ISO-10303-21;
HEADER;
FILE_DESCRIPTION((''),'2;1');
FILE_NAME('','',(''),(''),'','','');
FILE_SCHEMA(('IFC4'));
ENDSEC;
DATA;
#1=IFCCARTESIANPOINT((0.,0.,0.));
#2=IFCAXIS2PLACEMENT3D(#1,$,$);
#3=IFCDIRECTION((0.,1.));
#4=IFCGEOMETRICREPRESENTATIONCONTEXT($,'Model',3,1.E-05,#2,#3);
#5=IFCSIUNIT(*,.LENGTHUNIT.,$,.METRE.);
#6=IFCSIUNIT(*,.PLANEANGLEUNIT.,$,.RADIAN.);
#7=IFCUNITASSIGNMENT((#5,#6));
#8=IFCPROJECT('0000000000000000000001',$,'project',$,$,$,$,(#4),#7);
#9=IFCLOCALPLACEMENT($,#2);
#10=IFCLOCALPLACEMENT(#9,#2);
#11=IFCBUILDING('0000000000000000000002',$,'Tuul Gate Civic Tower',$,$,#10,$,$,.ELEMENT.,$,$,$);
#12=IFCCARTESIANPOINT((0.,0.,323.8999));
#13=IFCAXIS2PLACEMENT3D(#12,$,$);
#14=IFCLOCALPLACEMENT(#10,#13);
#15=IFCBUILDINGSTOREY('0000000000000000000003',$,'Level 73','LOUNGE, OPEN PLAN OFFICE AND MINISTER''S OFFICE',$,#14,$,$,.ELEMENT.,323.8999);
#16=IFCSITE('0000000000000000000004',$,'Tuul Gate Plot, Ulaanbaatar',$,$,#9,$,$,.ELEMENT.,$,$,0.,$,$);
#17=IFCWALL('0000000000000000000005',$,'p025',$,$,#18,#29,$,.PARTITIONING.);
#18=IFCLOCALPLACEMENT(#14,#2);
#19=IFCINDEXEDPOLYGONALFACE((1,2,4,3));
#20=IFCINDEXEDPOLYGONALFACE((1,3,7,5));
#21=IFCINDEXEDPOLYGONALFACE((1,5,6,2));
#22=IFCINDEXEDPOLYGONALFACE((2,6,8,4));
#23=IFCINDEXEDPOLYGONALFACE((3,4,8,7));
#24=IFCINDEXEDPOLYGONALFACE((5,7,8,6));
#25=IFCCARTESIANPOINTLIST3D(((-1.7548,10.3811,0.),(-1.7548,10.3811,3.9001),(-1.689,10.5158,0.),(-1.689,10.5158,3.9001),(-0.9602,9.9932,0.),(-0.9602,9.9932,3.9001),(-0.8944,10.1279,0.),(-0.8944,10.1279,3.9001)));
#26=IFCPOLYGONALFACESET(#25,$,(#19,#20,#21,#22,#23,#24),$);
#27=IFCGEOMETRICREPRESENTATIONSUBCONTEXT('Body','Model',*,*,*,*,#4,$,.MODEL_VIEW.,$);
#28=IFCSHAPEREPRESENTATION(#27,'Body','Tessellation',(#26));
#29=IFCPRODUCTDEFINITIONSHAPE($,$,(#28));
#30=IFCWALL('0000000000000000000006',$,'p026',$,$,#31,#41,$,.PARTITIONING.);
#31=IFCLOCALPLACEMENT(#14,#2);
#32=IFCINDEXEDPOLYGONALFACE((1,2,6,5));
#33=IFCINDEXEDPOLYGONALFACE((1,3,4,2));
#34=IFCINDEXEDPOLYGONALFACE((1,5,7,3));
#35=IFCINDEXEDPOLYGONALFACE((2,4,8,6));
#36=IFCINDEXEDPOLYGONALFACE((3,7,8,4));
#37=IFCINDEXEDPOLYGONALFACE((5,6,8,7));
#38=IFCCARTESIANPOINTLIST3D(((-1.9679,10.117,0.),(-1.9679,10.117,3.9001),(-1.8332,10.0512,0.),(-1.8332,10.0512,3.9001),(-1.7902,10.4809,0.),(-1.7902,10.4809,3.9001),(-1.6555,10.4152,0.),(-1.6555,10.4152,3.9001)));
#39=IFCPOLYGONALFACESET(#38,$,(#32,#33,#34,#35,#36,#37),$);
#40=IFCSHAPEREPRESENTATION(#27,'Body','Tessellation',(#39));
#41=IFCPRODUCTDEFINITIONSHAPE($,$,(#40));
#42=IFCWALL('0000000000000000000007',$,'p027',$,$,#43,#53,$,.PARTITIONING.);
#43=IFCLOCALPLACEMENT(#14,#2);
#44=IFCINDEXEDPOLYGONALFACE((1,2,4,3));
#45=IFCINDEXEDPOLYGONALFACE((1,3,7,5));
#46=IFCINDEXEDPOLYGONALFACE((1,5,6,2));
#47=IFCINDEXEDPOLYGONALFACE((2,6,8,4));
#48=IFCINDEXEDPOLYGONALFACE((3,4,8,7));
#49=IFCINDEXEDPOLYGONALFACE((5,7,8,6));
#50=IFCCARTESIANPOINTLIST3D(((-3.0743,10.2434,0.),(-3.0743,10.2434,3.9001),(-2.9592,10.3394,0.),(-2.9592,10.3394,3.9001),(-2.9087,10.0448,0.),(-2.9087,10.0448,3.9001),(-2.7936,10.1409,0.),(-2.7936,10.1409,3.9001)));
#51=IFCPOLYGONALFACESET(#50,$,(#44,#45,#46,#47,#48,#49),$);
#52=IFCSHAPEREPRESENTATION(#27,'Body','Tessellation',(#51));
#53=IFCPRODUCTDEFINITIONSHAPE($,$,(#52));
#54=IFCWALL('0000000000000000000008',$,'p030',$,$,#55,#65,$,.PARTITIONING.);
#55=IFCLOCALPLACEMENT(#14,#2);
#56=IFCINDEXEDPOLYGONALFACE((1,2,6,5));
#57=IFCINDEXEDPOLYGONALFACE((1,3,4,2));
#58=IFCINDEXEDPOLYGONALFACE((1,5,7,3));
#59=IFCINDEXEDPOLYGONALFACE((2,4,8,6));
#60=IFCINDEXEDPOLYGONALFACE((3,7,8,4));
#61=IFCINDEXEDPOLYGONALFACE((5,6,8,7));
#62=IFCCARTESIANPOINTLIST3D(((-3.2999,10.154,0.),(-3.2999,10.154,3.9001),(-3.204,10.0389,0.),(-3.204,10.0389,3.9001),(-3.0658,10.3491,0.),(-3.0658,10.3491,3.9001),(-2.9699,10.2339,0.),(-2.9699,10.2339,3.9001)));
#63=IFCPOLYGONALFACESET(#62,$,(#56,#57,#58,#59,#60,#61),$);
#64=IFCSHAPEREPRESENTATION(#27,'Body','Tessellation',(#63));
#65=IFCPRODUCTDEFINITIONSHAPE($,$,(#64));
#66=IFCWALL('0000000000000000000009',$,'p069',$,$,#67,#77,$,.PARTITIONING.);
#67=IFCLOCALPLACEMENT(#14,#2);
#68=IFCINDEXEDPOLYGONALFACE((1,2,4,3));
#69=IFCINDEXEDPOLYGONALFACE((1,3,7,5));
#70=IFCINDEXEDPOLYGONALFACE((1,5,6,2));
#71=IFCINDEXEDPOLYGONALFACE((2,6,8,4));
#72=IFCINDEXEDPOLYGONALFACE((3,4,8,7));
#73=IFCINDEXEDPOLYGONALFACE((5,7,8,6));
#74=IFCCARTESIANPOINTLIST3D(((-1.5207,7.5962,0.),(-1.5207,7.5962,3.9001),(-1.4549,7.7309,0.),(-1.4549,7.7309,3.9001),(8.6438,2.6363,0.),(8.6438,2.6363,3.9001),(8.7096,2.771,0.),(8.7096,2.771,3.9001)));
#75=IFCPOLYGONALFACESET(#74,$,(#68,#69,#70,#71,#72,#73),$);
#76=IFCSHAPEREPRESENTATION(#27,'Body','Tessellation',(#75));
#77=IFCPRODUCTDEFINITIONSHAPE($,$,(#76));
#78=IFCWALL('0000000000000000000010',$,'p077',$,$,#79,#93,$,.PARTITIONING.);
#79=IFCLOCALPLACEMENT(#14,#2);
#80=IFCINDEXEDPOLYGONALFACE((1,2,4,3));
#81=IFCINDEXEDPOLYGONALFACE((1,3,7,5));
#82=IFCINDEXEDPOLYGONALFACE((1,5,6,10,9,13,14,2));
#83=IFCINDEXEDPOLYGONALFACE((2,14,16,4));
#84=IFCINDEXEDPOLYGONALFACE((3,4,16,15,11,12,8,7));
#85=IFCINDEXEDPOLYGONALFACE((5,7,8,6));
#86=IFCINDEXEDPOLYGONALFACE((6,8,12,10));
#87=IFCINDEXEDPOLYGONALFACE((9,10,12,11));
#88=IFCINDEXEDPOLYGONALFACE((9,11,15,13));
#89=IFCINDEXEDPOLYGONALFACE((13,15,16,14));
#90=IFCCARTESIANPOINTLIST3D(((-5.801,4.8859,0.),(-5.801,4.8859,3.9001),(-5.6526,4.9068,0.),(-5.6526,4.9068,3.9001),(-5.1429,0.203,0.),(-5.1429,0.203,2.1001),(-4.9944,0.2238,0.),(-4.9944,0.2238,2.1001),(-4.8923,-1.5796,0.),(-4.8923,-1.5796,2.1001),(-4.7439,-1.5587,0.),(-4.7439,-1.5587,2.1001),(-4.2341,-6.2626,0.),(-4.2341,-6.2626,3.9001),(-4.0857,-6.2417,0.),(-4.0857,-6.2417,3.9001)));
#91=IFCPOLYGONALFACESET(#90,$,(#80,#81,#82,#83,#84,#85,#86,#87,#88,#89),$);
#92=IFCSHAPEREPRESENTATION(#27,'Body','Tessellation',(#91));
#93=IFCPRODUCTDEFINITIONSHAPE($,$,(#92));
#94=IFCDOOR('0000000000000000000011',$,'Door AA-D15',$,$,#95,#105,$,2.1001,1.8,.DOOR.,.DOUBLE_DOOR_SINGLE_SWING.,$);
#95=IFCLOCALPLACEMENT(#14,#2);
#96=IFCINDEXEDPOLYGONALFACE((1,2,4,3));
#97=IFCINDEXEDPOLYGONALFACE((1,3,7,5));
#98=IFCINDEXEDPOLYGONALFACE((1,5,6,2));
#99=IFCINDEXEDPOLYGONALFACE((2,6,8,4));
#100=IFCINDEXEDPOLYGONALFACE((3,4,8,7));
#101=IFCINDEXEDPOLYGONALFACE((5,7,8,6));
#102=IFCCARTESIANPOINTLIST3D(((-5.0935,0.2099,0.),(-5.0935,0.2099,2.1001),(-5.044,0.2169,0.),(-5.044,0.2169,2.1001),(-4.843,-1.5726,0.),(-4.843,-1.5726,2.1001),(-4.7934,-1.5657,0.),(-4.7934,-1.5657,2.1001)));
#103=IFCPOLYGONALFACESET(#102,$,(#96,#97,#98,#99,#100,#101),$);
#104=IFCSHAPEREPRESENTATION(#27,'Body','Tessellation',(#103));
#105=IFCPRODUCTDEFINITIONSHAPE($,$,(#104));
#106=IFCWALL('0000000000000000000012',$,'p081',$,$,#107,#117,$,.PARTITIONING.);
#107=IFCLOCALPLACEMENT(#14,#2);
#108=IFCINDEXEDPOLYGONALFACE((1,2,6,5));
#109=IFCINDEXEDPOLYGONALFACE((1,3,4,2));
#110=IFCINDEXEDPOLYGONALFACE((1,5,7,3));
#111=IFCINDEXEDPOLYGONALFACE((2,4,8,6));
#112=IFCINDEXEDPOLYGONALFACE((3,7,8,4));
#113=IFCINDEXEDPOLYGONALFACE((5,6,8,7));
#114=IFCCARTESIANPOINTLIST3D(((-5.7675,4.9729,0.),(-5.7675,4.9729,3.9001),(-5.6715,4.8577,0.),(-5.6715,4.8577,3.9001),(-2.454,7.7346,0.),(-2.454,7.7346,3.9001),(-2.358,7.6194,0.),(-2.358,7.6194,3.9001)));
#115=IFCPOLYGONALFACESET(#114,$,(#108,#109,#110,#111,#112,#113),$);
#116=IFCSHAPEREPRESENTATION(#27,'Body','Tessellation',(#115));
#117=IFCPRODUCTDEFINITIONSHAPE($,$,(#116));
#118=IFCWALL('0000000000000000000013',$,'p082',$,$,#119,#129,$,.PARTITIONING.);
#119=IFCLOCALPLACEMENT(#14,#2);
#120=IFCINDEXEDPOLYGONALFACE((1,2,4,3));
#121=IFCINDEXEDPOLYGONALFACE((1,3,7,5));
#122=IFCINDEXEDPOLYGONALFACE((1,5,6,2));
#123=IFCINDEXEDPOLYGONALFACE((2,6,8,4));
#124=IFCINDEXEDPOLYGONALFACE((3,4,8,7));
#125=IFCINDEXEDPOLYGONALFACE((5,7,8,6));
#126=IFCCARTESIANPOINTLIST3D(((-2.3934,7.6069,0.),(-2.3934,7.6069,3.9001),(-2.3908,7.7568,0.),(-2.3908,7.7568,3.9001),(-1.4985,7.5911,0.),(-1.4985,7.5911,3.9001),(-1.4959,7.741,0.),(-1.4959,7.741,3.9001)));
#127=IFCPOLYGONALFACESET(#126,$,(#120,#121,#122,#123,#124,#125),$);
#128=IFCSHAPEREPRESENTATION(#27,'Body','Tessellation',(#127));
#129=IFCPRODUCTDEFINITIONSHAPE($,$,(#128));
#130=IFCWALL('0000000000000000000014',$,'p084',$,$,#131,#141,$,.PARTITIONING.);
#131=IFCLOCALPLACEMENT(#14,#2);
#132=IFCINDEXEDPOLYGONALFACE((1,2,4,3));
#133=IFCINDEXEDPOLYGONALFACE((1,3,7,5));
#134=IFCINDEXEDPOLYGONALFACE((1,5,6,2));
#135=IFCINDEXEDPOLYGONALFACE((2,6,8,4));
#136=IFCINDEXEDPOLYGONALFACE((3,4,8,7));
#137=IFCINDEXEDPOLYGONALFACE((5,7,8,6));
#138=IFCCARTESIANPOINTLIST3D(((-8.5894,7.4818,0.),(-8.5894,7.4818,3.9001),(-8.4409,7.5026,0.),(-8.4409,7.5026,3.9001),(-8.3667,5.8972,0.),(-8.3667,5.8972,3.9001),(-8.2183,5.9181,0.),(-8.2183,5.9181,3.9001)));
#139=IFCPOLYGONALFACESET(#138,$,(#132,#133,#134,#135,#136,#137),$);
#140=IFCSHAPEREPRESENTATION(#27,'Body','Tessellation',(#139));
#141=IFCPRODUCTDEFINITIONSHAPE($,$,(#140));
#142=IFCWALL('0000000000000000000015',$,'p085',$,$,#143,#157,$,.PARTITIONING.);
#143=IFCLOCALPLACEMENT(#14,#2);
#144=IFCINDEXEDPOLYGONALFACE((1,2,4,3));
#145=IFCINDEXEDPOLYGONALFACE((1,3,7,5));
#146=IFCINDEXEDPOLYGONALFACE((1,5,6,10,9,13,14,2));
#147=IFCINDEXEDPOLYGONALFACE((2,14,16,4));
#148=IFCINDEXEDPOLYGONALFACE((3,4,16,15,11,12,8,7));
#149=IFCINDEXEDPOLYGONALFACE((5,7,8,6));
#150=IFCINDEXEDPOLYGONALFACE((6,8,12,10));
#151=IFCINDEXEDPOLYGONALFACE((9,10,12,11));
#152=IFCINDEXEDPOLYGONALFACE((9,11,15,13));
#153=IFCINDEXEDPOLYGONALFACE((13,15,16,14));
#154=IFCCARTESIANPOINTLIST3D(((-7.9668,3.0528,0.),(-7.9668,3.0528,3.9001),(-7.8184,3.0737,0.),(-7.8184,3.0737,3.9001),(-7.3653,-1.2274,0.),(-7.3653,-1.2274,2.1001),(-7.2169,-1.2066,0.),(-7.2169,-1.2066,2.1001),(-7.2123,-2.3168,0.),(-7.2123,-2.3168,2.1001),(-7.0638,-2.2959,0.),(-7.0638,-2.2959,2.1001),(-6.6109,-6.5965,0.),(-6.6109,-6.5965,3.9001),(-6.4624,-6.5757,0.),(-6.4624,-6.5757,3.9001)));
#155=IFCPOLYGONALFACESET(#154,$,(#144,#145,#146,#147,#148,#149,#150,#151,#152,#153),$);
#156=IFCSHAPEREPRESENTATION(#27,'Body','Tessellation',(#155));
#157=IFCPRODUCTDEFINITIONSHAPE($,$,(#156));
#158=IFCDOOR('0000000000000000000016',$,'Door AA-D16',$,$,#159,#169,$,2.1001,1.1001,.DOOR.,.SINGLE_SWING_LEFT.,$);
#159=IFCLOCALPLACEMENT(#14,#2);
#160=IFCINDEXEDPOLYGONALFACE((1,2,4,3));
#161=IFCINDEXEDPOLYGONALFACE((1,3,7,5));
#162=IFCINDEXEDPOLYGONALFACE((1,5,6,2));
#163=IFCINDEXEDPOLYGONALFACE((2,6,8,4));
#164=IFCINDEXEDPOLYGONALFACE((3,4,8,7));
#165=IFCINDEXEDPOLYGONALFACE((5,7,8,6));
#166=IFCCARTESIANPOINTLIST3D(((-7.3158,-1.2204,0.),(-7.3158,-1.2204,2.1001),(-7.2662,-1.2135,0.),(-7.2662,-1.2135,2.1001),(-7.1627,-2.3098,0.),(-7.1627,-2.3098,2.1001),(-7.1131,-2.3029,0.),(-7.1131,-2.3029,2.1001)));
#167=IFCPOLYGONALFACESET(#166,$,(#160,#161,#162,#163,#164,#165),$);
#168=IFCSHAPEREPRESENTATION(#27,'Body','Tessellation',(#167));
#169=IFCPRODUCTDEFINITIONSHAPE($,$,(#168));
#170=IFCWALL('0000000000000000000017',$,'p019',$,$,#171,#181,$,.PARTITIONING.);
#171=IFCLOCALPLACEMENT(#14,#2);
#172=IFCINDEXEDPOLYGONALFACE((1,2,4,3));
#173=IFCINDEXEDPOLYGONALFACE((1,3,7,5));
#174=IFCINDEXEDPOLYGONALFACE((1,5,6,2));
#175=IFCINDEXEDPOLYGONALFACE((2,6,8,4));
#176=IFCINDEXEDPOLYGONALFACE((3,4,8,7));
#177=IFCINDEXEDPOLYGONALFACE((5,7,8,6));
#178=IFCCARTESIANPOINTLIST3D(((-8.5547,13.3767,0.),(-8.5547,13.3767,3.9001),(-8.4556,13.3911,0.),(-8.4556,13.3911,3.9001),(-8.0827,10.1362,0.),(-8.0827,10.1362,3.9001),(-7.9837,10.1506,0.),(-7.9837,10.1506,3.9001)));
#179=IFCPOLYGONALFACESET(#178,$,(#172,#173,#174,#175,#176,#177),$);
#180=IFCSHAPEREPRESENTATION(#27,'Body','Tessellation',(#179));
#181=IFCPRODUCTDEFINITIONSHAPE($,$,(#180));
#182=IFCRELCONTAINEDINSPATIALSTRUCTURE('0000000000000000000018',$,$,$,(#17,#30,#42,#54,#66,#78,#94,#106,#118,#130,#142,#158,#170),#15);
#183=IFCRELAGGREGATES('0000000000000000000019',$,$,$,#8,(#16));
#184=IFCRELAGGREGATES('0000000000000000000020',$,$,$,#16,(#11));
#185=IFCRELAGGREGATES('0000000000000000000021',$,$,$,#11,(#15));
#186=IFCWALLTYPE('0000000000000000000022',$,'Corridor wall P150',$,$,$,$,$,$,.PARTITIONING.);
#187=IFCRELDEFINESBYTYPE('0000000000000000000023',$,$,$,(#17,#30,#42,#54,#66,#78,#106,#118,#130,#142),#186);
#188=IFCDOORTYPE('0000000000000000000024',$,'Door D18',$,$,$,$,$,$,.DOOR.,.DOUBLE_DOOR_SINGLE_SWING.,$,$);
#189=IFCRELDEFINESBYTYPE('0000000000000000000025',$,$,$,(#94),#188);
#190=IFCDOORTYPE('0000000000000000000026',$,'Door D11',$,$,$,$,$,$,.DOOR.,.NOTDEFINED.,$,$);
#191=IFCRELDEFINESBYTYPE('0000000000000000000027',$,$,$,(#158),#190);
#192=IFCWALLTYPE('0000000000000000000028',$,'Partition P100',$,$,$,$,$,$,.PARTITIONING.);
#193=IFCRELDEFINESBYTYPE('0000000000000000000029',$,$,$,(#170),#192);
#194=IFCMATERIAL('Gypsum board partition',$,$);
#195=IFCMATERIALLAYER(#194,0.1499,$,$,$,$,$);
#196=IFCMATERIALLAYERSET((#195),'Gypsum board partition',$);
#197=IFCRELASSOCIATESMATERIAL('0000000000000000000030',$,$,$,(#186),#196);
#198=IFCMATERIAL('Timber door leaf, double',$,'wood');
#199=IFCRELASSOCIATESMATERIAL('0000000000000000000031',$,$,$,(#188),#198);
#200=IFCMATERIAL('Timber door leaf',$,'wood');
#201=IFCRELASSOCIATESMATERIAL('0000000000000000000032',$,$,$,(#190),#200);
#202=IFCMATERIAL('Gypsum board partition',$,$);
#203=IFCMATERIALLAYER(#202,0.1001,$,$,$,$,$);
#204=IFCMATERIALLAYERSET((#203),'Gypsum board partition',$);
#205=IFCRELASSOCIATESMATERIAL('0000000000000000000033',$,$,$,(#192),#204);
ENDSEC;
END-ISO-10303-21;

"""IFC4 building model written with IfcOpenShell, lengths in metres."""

from ifc_helpers import new_model, si_unit, direction, frame, frame_2d, origin, place, context, subcontext, project, spatial, rectangle, extrude, material, layer, layer_set, type_object, element, fill, save


model = new_model("IFC4")

# Units and contexts
model_context = context("Model", 3, precision=1e-05, world=origin(), true_north=direction((0.0, 1.0)))
body_context = subcontext(model_context, "Body", "Model", "MODEL_VIEW")
ifc_project = project(units=[si_unit("LENGTHUNIT", "METRE"), si_unit("PLANEANGLEUNIT", "RADIAN")], contexts=[model_context])

# Site, building, storey
site_placement = place(None, origin())
site = spatial("IfcSite", under=ifc_project, at=site_placement, Name="Tuul Gate Plot, Ulaanbaatar", CompositionType="ELEMENT", RefElevation=0.0)
building_placement = place(site_placement, origin())
building = spatial("IfcBuilding", under=site, at=building_placement, Name="Tuul Gate Civic Tower", CompositionType="ELEMENT")
storey_placement = place(building_placement, frame((0.0, 0.0, 323.8999)))
storey = spatial("IfcBuildingStorey", under=building, at=storey_placement, Name="Level 73", Description="LOUNGE, OPEN PLAN OFFICE AND MINISTER'S OFFICE", CompositionType="ELEMENT", Elevation=323.8999)

# Walls
ifc_material_1 = material(Name="Gypsum board partition")
ifc_layer_1 = layer(ifc_material_1, 0.1499)
ifc_layer_set_1 = layer_set([ifc_layer_1], Name="Gypsum board partition")
wall_type_1 = type_object("IfcWallType", Name="Corridor wall P150", PredefinedType="PARTITIONING", material=ifc_layer_set_1)
wall_1_placement = place(storey_placement, frame((-1.7219, 10.4485, 0.0), z_axis=(0.0, 0.0, 1.0), x_axis=(0.898638, -0.43869, 0.0)))
element("IfcWall", 1, at=wall_1_placement, inside=storey, type_object=wall_type_1, Name="p025", PredefinedType="PARTITIONING", context=body_context, shape_type="SweptSolid", body=[
    extrude(rectangle(XDim=0.8843, YDim=0.1499, at=frame_2d((0.4421, 0.0))), origin(), (0.0, 0.0, 1.0), 3.9001),
])
wall_2_placement = place(storey_placement, frame((-1.9006, 10.084, 0.0), z_axis=(0.0, 0.0, 1.0), x_axis=(0.438756, 0.898606, 0.0)))
element("IfcWall", 2, at=wall_2_placement, inside=storey, type_object=wall_type_1, Name="p026", PredefinedType="PARTITIONING", context=body_context, shape_type="SweptSolid", body=[
    extrude(rectangle(XDim=0.405, YDim=0.1499, at=frame_2d((0.2026, 0.0))), origin(), (0.0, 0.0, 1.0), 3.9001),
])
wall_3_placement = place(storey_placement, frame((-3.0168, 10.2915, 0.0), z_axis=(0.0, 0.0, 1.0), x_axis=(0.640463, -0.767989, 0.0)))
element("IfcWall", 3, at=wall_3_placement, inside=storey, type_object=wall_type_1, Name="p027", PredefinedType="PARTITIONING", context=body_context, shape_type="SweptSolid", body=[
    extrude(rectangle(XDim=0.2585, YDim=0.1499, at=frame_2d((0.1294, 0.0))), origin(), (0.0, 0.0, 1.0), 3.9001),
])
wall_4_placement = place(storey_placement, frame((-3.252, 10.0964, 0.0), z_axis=(0.0, 0.0, 1.0), x_axis=(0.768287, 0.640106, 0.0)))
element("IfcWall", 4, at=wall_4_placement, inside=storey, type_object=wall_type_1, Name="p030", PredefinedType="PARTITIONING", context=body_context, shape_type="SweptSolid", body=[
    extrude(rectangle(XDim=0.3047, YDim=0.1499, at=frame_2d((0.1523, 0.0))), origin(), (0.0, 0.0, 1.0), 3.9001),
])
wall_5_placement = place(storey_placement, frame((-1.4878, 7.6636, 0.0), z_axis=(0.0, 0.0, 1.0), x_axis=(0.898711, -0.438541, 0.0)))
element("IfcWall", 5, at=wall_5_placement, inside=storey, type_object=wall_type_1, Name="p069", PredefinedType="PARTITIONING", context=body_context, shape_type="SweptSolid", body=[
    extrude(rectangle(XDim=11.3101, YDim=0.1499, at=frame_2d((5.655, 0.0))), origin(), (0.0, 0.0, 1.0), 3.9001),
])

# Wall, opening, door
wall_6_placement = place(storey_placement, frame((-5.7268, 4.8962, 0.0), z_axis=(0.0, 0.0, 1.0), x_axis=(0.13918, -0.990267, 0.0)))
wall_6 = element("IfcWall", 6, at=wall_6_placement, inside=storey, type_object=wall_type_1, Name="p077", PredefinedType="PARTITIONING", context=body_context, shape_type="SweptSolid", body=[
    extrude(rectangle(XDim=11.2581, YDim=0.1499, at=frame_2d((5.6289, 0.0))), origin(), (0.0, 0.0, 1.0), 3.9001),
])
opening_1_placement = place(wall_6_placement, frame((4.729, 0.0, 0.0)))
opening_1 = element("IfcOpeningElement", 7, at=opening_1_placement, cuts=wall_6, PredefinedType="OPENING", context=body_context, shape_type="SweptSolid", body=[
    extrude(rectangle(XDim=1.8, YDim=2.1001, at=frame_2d((0.8999, 1.05))), frame((0.0, 0.085, 0.0), z_axis=(0.0, -1.0, 0.0), x_axis=(1.0, 0.0, 0.0)), (0.0, 0.0, 1.0), 0.1699),
])
ifc_material_2 = material(Name="Timber door leaf, double", Category="wood")
door_type_1 = type_object("IfcDoorType", Name="Door D18", OperationType="DOUBLE_DOOR_SINGLE_SWING", PredefinedType="DOOR", material=ifc_material_2)
door_1_placement = place(opening_1_placement, origin())
door_1 = element("IfcDoor", 8, at=door_1_placement, inside=storey, type_object=door_type_1, Name="Door AA-D15", OperationType="DOUBLE_DOOR_SINGLE_SWING", OverallHeight=2.1001, OverallWidth=1.8, PredefinedType="DOOR", context=body_context, shape_type="SweptSolid", body=[
    extrude(rectangle(XDim=1.8, YDim=2.1001, at=frame_2d((0.8999, 1.05))), frame((0.0, 0.0249, 0.0), z_axis=(0.0, -1.0, 0.0), x_axis=(1.0, 0.0, 0.0)), (0.0, 0.0, 1.0), 0.05),
])
fill(opening_1, door_1)

# Walls
wall_7_placement = place(storey_placement, frame((-5.7195, 4.9153, 0.0), z_axis=(0.0, 0.0, 1.0), x_axis=(0.768166, 0.640251, 0.0)))
element("IfcWall", 9, at=wall_7_placement, inside=storey, type_object=wall_type_1, Name="p081", PredefinedType="PARTITIONING", context=body_context, shape_type="SweptSolid", body=[
    extrude(rectangle(XDim=4.3135, YDim=0.1499, at=frame_2d((2.1567, 0.0))), origin(), (0.0, 0.0, 1.0), 3.9001),
])
wall_8_placement = place(storey_placement, frame((-2.3921, 7.6819, 0.0), z_axis=(0.0, 0.0, 1.0), x_axis=(0.999843, -0.017733, 0.0)))
element("IfcWall", 10, at=wall_8_placement, inside=storey, type_object=wall_type_1, Name="p082", PredefinedType="PARTITIONING", context=body_context, shape_type="SweptSolid", body=[
    extrude(rectangle(XDim=0.895, YDim=0.1499, at=frame_2d((0.4475, 0.0))), origin(), (0.0, 0.0, 1.0), 3.9001),
])
wall_9_placement = place(storey_placement, frame((-8.5151, 7.4922, 0.0), z_axis=(0.0, 0.0, 1.0), x_axis=(0.139157, -0.99027, 0.0)))
element("IfcWall", 11, at=wall_9_placement, inside=storey, type_object=wall_type_1, Name="p084", PredefinedType="PARTITIONING", context=body_context, shape_type="SweptSolid", body=[
    extrude(rectangle(XDim=1.6001, YDim=0.1499, at=frame_2d((0.8, 0.0))), origin(), (0.0, 0.0, 1.0), 3.9001),
])

# Wall, opening, door
wall_10_placement = place(storey_placement, frame((-7.8926, 3.0632, 0.0), z_axis=(0.0, 0.0, 1.0), x_axis=(0.139155, -0.990271, 0.0)))
wall_10 = element("IfcWall", 12, at=wall_10_placement, inside=storey, type_object=wall_type_1, Name="p085", PredefinedType="PARTITIONING", context=body_context, shape_type="SweptSolid", body=[
    extrude(rectangle(XDim=9.7441, YDim=0.1499, at=frame_2d((4.8721, 0.0))), origin(), (0.0, 0.0, 1.0), 3.9001),
])
opening_2_placement = place(wall_10_placement, frame((4.3223, 0.0, 0.0)))
opening_2 = element("IfcOpeningElement", 13, at=opening_2_placement, cuts=wall_10, PredefinedType="OPENING", context=body_context, shape_type="SweptSolid", body=[
    extrude(rectangle(XDim=1.1001, YDim=2.1001, at=frame_2d((0.55, 1.05))), frame((0.0, 0.085, 0.0), z_axis=(0.0, -1.0, 0.0), x_axis=(1.0, 0.0, 0.0)), (0.0, 0.0, 1.0), 0.1699),
])
ifc_material_3 = material(Name="Timber door leaf", Category="wood")
door_type_2 = type_object("IfcDoorType", Name="Door D11", OperationType="NOTDEFINED", PredefinedType="DOOR", material=ifc_material_3)
door_2_placement = place(opening_2_placement, frame((1.1001, 0.0, 0.0), z_axis=(0.0, 0.0, 1.0), x_axis=(-1.0, 0.0, 0.0)))
door_2 = element("IfcDoor", 14, at=door_2_placement, inside=storey, type_object=door_type_2, Name="Door AA-D16", OperationType="SINGLE_SWING_LEFT", OverallHeight=2.1001, OverallWidth=1.1001, PredefinedType="DOOR", context=body_context, shape_type="SweptSolid", body=[
    extrude(rectangle(XDim=1.1001, YDim=2.1001, at=frame_2d((0.55, 1.05))), frame((0.0, 0.0249, 0.0), z_axis=(0.0, -1.0, 0.0), x_axis=(1.0, 0.0, 0.0)), (0.0, 0.0, 1.0), 0.05),
])
fill(opening_2, door_2)

# Wall
ifc_material_4 = material(Name="Gypsum board partition")
ifc_layer_2 = layer(ifc_material_4, 0.1001)
ifc_layer_set_2 = layer_set([ifc_layer_2], Name="Gypsum board partition")
wall_type_2 = type_object("IfcWallType", Name="Partition P100", PredefinedType="PARTITIONING", material=ifc_layer_set_2)
wall_11_placement = place(storey_placement, frame((-8.5051, 13.3838, 0.0), z_axis=(0.0, 0.0, 1.0), x_axis=(0.144114, -0.989561, 0.0)))
element("IfcWall", 15, at=wall_11_placement, inside=storey, type_object=wall_type_2, Name="p019", PredefinedType="PARTITIONING", context=body_context, shape_type="SweptSolid", body=[
    extrude(rectangle(XDim=3.2747, YDim=0.1001, at=frame_2d((1.6372, 0.0))), origin(), (0.0, 0.0, 1.0), 3.9001),
])

save(model, "model.ifc")
